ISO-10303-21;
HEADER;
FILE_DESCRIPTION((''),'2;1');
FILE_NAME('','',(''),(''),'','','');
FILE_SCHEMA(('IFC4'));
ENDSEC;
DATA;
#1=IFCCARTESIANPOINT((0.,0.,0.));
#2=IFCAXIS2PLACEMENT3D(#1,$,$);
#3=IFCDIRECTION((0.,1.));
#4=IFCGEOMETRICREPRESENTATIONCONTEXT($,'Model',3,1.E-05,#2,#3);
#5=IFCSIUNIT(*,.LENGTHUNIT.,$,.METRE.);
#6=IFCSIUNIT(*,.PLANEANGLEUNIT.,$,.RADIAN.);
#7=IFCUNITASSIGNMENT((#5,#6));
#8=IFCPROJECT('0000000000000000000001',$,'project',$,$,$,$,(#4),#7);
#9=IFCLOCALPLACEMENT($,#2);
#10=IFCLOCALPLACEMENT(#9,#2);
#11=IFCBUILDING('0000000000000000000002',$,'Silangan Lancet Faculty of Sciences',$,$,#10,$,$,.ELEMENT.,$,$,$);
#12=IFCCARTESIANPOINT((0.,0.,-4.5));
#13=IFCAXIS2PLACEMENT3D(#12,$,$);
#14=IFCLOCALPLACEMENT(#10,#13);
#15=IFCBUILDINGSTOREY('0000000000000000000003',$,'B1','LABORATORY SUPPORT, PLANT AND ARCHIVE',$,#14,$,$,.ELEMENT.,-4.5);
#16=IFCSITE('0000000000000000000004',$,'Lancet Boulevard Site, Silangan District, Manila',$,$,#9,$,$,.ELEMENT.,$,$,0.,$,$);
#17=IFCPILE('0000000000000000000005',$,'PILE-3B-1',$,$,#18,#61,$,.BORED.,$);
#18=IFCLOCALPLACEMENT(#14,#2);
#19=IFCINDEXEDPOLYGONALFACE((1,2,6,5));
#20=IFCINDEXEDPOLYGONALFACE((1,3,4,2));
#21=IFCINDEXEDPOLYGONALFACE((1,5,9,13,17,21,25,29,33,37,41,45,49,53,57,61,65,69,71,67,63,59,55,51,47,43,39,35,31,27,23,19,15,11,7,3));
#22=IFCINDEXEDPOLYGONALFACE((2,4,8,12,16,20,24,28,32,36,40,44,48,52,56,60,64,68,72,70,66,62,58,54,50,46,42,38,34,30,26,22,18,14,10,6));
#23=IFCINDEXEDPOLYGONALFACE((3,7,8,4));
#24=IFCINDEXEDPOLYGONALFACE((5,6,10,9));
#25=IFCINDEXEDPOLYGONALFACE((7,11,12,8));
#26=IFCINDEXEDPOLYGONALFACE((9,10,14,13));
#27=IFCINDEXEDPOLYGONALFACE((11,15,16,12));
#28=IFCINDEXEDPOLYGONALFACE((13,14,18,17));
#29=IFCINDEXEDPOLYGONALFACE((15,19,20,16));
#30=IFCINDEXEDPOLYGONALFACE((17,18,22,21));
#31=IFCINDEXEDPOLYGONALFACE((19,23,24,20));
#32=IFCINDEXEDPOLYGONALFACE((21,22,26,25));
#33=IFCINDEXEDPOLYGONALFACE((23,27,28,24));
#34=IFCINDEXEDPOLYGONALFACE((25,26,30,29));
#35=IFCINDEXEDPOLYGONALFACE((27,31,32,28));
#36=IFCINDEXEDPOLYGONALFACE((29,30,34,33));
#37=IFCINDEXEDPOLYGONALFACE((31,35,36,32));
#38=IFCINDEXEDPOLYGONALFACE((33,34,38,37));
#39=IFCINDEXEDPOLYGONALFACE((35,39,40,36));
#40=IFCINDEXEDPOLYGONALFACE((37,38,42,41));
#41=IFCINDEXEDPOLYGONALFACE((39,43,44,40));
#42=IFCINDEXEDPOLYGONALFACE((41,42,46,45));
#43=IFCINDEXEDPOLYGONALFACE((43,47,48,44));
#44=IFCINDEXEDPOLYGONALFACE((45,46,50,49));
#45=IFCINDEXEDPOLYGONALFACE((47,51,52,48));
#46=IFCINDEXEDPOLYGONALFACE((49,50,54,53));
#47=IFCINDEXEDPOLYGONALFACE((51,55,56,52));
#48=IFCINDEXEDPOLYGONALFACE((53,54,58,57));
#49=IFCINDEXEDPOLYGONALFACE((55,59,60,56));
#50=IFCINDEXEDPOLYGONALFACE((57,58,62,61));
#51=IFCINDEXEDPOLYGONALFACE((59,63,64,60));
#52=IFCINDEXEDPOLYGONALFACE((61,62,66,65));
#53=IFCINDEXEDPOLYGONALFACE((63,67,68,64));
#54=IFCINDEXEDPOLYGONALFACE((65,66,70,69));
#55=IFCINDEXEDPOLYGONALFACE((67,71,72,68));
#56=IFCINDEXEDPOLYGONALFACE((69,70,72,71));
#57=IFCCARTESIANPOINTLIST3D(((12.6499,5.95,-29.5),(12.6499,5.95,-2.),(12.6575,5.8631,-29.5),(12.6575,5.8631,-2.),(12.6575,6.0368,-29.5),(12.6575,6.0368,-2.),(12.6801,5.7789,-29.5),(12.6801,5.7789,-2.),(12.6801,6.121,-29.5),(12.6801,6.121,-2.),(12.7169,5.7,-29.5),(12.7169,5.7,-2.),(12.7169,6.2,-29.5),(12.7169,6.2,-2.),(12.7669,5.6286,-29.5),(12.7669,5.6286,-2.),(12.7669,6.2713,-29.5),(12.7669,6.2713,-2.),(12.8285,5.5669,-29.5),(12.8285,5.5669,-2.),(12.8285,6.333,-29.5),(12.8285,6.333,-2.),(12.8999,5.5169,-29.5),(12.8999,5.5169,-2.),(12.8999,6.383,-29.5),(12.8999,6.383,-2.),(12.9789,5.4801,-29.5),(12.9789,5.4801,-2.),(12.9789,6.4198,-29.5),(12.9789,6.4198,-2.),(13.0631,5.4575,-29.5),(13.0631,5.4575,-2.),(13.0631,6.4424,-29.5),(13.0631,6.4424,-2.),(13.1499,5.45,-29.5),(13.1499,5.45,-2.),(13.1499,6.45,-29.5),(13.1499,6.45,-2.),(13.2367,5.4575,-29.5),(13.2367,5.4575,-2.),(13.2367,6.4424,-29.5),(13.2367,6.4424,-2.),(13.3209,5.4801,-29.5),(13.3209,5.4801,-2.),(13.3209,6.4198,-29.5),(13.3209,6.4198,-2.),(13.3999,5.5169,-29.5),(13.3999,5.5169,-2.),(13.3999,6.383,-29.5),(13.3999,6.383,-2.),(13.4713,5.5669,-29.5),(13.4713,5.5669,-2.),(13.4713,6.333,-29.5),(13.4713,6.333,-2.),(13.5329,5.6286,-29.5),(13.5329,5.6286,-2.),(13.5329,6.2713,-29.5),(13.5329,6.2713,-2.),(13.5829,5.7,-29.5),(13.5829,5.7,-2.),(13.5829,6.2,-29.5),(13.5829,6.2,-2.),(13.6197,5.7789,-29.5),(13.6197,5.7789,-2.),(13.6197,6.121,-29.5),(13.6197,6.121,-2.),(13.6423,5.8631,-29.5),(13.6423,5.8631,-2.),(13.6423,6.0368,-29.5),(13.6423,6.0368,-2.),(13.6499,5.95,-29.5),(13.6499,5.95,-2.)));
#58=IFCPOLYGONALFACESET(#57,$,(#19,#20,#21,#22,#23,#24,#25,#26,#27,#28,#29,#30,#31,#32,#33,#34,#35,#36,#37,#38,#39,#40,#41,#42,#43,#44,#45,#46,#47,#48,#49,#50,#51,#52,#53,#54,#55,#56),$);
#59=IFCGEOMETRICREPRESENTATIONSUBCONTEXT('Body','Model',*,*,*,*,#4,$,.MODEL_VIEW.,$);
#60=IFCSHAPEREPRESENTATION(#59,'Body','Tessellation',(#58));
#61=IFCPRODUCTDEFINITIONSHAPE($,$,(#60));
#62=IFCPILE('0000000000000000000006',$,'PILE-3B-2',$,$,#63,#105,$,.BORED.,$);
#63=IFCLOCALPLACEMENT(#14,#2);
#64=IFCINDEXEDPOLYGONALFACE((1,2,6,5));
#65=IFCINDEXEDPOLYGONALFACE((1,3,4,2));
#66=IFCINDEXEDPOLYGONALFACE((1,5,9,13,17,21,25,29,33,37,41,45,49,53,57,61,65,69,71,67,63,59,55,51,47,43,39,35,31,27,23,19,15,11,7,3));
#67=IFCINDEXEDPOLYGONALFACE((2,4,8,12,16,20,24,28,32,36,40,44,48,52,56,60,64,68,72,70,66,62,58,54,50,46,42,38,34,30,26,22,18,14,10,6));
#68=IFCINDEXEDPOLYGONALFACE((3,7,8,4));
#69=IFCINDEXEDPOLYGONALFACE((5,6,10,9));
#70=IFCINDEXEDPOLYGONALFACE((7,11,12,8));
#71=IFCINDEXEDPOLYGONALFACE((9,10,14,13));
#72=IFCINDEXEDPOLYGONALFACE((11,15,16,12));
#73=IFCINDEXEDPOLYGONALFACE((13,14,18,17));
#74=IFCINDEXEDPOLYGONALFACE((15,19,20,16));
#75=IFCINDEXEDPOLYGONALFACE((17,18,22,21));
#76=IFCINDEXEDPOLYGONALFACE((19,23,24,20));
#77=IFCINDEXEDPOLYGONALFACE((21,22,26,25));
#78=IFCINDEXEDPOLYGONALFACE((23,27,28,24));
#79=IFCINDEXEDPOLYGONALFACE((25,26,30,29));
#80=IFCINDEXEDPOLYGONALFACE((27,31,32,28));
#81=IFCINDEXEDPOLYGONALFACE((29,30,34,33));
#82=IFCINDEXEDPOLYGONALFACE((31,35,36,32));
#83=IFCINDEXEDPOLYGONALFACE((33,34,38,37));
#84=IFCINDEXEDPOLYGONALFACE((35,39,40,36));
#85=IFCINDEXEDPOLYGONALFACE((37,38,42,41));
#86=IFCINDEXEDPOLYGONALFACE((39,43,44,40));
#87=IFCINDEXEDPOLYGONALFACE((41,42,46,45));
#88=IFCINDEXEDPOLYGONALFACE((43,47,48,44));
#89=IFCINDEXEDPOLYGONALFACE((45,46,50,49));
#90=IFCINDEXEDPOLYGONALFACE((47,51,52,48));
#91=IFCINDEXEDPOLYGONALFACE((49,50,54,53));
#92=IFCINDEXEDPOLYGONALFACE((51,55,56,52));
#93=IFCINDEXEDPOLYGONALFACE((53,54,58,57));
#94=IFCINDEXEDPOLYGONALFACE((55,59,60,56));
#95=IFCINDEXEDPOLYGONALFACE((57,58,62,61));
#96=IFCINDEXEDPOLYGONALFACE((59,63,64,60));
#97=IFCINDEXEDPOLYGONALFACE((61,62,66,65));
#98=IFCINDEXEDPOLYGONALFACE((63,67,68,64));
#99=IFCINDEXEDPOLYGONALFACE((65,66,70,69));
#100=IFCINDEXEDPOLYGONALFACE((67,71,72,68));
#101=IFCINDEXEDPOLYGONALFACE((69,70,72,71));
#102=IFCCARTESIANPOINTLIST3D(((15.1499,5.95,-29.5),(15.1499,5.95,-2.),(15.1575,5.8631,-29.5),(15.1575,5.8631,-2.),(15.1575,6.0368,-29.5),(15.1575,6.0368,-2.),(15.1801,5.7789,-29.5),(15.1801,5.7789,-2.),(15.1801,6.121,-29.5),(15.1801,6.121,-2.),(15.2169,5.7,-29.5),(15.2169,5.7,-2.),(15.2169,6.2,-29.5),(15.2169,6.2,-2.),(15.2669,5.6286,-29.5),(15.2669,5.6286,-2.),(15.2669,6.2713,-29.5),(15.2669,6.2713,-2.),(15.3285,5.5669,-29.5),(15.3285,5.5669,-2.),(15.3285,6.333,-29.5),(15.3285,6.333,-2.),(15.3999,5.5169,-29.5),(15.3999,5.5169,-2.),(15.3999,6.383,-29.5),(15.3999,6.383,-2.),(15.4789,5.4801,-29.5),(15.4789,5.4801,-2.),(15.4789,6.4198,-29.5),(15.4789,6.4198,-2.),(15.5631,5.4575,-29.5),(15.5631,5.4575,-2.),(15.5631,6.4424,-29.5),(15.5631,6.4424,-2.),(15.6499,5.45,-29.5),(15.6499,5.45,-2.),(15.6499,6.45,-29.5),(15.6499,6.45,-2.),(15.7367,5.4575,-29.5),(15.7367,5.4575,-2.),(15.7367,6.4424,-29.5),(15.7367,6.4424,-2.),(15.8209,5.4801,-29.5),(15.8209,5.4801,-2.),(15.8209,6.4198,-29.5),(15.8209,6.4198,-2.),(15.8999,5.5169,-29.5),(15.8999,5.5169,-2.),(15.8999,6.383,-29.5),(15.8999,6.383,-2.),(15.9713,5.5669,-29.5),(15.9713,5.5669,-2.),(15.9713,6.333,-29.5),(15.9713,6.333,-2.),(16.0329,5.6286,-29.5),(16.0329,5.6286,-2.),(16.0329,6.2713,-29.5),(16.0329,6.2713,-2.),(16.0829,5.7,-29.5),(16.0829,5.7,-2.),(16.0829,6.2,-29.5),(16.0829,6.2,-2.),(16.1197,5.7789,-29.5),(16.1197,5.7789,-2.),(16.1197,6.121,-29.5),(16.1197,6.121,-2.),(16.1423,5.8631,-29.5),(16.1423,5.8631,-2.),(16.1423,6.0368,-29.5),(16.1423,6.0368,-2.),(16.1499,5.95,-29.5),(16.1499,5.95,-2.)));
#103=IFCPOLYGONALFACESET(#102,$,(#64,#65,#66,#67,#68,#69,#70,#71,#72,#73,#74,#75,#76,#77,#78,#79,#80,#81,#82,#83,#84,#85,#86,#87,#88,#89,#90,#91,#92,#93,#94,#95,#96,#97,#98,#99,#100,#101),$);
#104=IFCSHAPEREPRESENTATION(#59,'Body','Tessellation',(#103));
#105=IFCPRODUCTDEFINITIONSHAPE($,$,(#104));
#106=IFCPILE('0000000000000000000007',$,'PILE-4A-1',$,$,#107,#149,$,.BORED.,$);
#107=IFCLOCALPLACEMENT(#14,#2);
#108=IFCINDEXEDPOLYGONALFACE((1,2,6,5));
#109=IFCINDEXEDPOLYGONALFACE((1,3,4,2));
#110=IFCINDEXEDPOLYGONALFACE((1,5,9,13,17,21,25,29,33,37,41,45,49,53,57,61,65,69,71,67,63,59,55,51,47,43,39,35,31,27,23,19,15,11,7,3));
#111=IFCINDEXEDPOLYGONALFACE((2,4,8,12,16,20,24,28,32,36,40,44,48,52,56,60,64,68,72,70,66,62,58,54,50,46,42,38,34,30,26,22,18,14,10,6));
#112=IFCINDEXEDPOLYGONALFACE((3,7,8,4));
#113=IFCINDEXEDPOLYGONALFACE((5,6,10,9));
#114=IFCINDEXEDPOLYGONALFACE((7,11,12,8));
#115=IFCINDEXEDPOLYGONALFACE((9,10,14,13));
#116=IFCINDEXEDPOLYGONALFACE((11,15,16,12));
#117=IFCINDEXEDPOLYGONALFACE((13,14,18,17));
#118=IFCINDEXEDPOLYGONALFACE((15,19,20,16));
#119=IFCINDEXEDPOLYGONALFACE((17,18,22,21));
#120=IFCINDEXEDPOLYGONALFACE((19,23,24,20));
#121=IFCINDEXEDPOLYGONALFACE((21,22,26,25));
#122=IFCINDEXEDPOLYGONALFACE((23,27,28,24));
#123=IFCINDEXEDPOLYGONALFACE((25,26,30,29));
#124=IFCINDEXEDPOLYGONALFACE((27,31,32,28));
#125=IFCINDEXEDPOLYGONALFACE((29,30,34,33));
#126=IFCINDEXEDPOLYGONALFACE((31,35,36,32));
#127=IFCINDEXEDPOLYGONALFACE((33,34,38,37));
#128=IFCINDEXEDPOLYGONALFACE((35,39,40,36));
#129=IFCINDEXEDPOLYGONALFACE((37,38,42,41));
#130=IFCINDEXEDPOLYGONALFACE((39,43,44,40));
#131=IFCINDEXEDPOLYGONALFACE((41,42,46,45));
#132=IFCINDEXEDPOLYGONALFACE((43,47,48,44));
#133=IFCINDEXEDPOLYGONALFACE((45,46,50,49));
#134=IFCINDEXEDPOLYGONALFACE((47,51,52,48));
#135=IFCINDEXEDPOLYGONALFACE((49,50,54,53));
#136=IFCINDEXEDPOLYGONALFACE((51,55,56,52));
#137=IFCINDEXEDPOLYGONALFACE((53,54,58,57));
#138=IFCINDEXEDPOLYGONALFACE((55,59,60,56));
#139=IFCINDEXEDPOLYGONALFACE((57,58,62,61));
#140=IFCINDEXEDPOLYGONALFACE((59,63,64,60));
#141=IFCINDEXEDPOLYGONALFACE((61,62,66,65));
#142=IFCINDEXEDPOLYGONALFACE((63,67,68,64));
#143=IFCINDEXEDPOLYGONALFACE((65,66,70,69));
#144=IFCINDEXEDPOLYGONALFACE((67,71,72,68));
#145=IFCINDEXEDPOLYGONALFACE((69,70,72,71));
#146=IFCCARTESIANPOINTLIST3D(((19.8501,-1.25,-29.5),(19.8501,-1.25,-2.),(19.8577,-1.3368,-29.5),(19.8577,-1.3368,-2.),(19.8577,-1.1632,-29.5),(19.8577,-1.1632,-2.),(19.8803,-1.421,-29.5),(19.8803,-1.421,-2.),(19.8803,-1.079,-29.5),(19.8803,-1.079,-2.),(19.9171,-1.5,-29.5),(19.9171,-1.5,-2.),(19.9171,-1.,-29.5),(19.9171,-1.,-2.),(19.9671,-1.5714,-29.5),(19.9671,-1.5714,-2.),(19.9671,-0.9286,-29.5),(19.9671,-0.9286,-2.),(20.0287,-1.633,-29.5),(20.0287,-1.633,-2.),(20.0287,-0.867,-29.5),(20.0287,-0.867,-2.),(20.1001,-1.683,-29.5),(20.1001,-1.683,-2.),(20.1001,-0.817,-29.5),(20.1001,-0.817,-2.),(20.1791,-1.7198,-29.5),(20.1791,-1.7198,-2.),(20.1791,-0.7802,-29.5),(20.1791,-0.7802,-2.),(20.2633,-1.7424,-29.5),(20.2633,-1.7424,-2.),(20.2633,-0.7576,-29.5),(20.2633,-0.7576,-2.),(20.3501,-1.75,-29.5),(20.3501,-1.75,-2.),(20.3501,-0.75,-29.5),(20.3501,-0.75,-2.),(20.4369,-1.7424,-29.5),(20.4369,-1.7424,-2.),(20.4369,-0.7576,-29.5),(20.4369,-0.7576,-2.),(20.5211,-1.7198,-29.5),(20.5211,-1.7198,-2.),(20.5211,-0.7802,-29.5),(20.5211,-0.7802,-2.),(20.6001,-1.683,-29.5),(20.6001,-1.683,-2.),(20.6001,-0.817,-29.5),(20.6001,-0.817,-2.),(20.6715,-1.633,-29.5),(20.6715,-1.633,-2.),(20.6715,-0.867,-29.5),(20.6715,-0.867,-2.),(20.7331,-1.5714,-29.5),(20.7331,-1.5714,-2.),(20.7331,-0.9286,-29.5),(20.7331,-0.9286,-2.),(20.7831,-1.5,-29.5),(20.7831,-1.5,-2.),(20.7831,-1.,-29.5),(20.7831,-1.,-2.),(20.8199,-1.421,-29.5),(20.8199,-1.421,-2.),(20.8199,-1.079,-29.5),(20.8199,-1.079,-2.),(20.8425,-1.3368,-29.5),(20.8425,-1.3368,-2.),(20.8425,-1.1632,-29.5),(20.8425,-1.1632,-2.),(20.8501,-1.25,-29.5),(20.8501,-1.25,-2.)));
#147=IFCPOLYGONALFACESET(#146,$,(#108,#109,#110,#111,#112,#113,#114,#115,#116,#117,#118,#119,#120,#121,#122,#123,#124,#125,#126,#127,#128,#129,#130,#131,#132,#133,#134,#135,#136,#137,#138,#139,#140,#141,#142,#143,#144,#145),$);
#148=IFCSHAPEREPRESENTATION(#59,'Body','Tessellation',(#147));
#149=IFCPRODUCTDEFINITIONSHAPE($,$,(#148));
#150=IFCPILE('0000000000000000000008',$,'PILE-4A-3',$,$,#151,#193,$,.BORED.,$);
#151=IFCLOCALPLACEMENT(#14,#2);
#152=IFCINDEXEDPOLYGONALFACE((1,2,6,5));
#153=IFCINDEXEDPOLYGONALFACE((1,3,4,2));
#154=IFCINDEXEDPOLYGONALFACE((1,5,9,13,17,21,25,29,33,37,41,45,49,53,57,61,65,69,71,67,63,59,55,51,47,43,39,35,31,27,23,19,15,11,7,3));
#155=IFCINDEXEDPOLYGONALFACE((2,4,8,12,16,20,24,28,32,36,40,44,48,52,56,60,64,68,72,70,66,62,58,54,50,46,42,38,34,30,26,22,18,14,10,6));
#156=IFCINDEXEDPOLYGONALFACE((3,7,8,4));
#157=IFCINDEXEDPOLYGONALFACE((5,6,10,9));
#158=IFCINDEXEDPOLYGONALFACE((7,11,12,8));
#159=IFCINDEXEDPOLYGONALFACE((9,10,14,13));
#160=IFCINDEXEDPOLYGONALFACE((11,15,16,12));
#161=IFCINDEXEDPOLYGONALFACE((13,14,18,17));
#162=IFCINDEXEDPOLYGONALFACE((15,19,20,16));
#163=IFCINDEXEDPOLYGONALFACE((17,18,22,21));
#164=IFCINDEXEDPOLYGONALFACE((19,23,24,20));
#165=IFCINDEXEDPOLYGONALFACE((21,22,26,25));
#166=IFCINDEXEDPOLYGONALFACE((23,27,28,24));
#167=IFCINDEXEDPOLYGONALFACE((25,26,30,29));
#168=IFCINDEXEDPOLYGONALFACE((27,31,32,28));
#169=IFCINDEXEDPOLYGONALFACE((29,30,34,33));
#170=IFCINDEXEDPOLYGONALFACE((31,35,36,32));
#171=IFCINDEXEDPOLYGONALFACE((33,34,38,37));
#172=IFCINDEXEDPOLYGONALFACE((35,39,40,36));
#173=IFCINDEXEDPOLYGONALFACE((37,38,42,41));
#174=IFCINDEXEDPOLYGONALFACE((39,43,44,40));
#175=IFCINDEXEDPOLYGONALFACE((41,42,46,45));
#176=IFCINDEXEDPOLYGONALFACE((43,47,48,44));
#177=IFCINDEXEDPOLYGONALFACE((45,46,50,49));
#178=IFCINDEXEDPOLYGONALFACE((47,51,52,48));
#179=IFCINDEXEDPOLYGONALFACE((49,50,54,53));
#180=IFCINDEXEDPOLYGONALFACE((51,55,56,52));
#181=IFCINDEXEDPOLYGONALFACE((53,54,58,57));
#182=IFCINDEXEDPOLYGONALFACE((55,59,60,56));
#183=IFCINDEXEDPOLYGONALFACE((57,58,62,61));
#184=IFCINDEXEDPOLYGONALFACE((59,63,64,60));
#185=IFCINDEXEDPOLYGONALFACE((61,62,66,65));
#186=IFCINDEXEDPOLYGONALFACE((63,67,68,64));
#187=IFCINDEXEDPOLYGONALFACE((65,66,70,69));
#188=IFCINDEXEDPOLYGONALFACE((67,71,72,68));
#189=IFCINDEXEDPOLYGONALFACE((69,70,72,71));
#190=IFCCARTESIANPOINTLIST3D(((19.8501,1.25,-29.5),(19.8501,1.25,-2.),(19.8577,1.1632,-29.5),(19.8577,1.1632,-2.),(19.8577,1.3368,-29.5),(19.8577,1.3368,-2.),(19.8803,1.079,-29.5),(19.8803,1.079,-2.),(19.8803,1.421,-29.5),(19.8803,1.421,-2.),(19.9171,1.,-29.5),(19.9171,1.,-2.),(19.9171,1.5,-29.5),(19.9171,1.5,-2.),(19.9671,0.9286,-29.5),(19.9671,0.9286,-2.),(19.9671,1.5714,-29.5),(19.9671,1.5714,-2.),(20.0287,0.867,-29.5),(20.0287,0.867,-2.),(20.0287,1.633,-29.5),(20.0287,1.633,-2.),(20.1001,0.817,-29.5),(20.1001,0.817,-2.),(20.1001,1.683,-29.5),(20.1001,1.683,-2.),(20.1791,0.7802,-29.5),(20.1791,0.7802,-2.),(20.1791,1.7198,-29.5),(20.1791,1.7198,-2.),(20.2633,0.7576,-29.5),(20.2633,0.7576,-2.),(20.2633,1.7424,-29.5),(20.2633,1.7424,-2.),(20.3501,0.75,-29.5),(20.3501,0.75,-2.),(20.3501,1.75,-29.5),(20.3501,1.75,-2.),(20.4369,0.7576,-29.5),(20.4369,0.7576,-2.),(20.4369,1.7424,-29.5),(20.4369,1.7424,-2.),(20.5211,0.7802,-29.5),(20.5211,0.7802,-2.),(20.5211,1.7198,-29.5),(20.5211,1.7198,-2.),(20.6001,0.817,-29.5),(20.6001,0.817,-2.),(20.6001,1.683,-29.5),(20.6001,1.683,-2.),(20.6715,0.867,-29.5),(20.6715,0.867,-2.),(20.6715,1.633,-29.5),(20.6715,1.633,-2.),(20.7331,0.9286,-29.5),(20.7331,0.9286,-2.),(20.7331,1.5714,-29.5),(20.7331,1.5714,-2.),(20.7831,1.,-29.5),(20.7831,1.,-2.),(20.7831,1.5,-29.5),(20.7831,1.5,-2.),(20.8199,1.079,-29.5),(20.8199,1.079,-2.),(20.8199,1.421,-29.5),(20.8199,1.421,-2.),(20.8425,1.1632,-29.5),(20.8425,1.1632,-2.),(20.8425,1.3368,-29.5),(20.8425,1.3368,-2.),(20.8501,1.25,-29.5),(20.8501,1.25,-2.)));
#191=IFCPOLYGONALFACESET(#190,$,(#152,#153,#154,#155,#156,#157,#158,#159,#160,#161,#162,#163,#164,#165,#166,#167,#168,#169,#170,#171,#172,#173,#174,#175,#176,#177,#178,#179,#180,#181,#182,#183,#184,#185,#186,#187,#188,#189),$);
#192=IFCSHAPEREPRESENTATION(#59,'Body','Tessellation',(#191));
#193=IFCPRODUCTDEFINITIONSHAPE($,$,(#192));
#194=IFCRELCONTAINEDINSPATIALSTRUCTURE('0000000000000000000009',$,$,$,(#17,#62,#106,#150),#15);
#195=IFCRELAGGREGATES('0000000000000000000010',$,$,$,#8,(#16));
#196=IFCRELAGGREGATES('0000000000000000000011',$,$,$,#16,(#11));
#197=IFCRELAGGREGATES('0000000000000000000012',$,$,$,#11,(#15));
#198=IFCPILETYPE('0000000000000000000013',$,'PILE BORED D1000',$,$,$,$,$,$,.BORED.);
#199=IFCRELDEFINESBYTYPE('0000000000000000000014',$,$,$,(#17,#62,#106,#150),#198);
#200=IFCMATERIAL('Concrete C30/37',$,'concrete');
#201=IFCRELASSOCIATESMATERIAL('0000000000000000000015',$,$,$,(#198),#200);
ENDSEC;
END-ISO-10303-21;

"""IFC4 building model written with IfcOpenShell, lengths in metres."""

from ifc_helpers import new_model, si_unit, direction, frame, origin, origin_2d, place, context, subcontext, project, spatial, circle, extrude, material, material_profile, profile_set, type_object, element, save


model = new_model("IFC4")

# Units and contexts
model_context = context("Model", 3, precision=1e-05, world=origin(), true_north=direction((0.0, 1.0)))
body_context = subcontext(model_context, "Body", "Model", "MODEL_VIEW")
ifc_project = project(units=[si_unit("LENGTHUNIT", "METRE"), si_unit("PLANEANGLEUNIT", "RADIAN")], contexts=[model_context])

# Site, building, storey
site_placement = place(None, origin())
site = spatial("IfcSite", under=ifc_project, at=site_placement, Name="Lancet Boulevard Site, Silangan District, Manila", CompositionType="ELEMENT", RefElevation=0.0)
building_placement = place(site_placement, origin())
building = spatial("IfcBuilding", under=site, at=building_placement, Name="Silangan Lancet Faculty of Sciences", CompositionType="ELEMENT")
storey_placement = place(building_placement, frame((0.0, 0.0, -4.5)))
storey = spatial("IfcBuildingStorey", under=building, at=storey_placement, Name="B1", Description="LABORATORY SUPPORT, PLANT AND ARCHIVE", CompositionType="ELEMENT", Elevation=-4.5)

# Piles
ifc_material_1 = material(Name="Concrete C30/37", Category="concrete")
ifc_material_profile_1 = material_profile(ifc_material_1, circle(Radius=0.5, at=origin_2d()), Name="BORED PILE D1000")
ifc_profile_set_1 = profile_set([ifc_material_profile_1], Name="Concrete C30/37")
pile_type = type_object("IfcPileType", Name="PILE BORED D1000", PredefinedType="BORED", material=ifc_profile_set_1)
for number, where, z_axis, x_axis, name in (
    (1, (13.1499, 5.95, -2.0), (0.0, 0.0, -1.0), (1.0, 0.0, 0.0), "PILE-3B-1"),
    (2, (15.6499, 5.95, -2.0), (0.0, 0.0, -1.0), (1.0, 0.0, 0.0), "PILE-3B-2"),
    (3, (20.3501, -1.25, -2.0), (0.0, 0.0, -1.0), (1.0, 0.0, 0.0), "PILE-4A-1"),
    (4, (20.3501, 1.25, -2.0), (0.0, 0.0, -1.0), (1.0, 0.0, 0.0), "PILE-4A-3"),
):
    element("IfcPile", number, at=place(storey_placement, frame(where, z_axis=z_axis, x_axis=x_axis)), inside=storey, type_object=pile_type, Name=name, PredefinedType="BORED", context=body_context, shape_type="SweptSolid", body=[
        extrude(circle(Radius=0.5, at=origin_2d()), origin(), (0.0, 0.0, 1.0), 27.5),
    ])

save(model, "model.ifc")
